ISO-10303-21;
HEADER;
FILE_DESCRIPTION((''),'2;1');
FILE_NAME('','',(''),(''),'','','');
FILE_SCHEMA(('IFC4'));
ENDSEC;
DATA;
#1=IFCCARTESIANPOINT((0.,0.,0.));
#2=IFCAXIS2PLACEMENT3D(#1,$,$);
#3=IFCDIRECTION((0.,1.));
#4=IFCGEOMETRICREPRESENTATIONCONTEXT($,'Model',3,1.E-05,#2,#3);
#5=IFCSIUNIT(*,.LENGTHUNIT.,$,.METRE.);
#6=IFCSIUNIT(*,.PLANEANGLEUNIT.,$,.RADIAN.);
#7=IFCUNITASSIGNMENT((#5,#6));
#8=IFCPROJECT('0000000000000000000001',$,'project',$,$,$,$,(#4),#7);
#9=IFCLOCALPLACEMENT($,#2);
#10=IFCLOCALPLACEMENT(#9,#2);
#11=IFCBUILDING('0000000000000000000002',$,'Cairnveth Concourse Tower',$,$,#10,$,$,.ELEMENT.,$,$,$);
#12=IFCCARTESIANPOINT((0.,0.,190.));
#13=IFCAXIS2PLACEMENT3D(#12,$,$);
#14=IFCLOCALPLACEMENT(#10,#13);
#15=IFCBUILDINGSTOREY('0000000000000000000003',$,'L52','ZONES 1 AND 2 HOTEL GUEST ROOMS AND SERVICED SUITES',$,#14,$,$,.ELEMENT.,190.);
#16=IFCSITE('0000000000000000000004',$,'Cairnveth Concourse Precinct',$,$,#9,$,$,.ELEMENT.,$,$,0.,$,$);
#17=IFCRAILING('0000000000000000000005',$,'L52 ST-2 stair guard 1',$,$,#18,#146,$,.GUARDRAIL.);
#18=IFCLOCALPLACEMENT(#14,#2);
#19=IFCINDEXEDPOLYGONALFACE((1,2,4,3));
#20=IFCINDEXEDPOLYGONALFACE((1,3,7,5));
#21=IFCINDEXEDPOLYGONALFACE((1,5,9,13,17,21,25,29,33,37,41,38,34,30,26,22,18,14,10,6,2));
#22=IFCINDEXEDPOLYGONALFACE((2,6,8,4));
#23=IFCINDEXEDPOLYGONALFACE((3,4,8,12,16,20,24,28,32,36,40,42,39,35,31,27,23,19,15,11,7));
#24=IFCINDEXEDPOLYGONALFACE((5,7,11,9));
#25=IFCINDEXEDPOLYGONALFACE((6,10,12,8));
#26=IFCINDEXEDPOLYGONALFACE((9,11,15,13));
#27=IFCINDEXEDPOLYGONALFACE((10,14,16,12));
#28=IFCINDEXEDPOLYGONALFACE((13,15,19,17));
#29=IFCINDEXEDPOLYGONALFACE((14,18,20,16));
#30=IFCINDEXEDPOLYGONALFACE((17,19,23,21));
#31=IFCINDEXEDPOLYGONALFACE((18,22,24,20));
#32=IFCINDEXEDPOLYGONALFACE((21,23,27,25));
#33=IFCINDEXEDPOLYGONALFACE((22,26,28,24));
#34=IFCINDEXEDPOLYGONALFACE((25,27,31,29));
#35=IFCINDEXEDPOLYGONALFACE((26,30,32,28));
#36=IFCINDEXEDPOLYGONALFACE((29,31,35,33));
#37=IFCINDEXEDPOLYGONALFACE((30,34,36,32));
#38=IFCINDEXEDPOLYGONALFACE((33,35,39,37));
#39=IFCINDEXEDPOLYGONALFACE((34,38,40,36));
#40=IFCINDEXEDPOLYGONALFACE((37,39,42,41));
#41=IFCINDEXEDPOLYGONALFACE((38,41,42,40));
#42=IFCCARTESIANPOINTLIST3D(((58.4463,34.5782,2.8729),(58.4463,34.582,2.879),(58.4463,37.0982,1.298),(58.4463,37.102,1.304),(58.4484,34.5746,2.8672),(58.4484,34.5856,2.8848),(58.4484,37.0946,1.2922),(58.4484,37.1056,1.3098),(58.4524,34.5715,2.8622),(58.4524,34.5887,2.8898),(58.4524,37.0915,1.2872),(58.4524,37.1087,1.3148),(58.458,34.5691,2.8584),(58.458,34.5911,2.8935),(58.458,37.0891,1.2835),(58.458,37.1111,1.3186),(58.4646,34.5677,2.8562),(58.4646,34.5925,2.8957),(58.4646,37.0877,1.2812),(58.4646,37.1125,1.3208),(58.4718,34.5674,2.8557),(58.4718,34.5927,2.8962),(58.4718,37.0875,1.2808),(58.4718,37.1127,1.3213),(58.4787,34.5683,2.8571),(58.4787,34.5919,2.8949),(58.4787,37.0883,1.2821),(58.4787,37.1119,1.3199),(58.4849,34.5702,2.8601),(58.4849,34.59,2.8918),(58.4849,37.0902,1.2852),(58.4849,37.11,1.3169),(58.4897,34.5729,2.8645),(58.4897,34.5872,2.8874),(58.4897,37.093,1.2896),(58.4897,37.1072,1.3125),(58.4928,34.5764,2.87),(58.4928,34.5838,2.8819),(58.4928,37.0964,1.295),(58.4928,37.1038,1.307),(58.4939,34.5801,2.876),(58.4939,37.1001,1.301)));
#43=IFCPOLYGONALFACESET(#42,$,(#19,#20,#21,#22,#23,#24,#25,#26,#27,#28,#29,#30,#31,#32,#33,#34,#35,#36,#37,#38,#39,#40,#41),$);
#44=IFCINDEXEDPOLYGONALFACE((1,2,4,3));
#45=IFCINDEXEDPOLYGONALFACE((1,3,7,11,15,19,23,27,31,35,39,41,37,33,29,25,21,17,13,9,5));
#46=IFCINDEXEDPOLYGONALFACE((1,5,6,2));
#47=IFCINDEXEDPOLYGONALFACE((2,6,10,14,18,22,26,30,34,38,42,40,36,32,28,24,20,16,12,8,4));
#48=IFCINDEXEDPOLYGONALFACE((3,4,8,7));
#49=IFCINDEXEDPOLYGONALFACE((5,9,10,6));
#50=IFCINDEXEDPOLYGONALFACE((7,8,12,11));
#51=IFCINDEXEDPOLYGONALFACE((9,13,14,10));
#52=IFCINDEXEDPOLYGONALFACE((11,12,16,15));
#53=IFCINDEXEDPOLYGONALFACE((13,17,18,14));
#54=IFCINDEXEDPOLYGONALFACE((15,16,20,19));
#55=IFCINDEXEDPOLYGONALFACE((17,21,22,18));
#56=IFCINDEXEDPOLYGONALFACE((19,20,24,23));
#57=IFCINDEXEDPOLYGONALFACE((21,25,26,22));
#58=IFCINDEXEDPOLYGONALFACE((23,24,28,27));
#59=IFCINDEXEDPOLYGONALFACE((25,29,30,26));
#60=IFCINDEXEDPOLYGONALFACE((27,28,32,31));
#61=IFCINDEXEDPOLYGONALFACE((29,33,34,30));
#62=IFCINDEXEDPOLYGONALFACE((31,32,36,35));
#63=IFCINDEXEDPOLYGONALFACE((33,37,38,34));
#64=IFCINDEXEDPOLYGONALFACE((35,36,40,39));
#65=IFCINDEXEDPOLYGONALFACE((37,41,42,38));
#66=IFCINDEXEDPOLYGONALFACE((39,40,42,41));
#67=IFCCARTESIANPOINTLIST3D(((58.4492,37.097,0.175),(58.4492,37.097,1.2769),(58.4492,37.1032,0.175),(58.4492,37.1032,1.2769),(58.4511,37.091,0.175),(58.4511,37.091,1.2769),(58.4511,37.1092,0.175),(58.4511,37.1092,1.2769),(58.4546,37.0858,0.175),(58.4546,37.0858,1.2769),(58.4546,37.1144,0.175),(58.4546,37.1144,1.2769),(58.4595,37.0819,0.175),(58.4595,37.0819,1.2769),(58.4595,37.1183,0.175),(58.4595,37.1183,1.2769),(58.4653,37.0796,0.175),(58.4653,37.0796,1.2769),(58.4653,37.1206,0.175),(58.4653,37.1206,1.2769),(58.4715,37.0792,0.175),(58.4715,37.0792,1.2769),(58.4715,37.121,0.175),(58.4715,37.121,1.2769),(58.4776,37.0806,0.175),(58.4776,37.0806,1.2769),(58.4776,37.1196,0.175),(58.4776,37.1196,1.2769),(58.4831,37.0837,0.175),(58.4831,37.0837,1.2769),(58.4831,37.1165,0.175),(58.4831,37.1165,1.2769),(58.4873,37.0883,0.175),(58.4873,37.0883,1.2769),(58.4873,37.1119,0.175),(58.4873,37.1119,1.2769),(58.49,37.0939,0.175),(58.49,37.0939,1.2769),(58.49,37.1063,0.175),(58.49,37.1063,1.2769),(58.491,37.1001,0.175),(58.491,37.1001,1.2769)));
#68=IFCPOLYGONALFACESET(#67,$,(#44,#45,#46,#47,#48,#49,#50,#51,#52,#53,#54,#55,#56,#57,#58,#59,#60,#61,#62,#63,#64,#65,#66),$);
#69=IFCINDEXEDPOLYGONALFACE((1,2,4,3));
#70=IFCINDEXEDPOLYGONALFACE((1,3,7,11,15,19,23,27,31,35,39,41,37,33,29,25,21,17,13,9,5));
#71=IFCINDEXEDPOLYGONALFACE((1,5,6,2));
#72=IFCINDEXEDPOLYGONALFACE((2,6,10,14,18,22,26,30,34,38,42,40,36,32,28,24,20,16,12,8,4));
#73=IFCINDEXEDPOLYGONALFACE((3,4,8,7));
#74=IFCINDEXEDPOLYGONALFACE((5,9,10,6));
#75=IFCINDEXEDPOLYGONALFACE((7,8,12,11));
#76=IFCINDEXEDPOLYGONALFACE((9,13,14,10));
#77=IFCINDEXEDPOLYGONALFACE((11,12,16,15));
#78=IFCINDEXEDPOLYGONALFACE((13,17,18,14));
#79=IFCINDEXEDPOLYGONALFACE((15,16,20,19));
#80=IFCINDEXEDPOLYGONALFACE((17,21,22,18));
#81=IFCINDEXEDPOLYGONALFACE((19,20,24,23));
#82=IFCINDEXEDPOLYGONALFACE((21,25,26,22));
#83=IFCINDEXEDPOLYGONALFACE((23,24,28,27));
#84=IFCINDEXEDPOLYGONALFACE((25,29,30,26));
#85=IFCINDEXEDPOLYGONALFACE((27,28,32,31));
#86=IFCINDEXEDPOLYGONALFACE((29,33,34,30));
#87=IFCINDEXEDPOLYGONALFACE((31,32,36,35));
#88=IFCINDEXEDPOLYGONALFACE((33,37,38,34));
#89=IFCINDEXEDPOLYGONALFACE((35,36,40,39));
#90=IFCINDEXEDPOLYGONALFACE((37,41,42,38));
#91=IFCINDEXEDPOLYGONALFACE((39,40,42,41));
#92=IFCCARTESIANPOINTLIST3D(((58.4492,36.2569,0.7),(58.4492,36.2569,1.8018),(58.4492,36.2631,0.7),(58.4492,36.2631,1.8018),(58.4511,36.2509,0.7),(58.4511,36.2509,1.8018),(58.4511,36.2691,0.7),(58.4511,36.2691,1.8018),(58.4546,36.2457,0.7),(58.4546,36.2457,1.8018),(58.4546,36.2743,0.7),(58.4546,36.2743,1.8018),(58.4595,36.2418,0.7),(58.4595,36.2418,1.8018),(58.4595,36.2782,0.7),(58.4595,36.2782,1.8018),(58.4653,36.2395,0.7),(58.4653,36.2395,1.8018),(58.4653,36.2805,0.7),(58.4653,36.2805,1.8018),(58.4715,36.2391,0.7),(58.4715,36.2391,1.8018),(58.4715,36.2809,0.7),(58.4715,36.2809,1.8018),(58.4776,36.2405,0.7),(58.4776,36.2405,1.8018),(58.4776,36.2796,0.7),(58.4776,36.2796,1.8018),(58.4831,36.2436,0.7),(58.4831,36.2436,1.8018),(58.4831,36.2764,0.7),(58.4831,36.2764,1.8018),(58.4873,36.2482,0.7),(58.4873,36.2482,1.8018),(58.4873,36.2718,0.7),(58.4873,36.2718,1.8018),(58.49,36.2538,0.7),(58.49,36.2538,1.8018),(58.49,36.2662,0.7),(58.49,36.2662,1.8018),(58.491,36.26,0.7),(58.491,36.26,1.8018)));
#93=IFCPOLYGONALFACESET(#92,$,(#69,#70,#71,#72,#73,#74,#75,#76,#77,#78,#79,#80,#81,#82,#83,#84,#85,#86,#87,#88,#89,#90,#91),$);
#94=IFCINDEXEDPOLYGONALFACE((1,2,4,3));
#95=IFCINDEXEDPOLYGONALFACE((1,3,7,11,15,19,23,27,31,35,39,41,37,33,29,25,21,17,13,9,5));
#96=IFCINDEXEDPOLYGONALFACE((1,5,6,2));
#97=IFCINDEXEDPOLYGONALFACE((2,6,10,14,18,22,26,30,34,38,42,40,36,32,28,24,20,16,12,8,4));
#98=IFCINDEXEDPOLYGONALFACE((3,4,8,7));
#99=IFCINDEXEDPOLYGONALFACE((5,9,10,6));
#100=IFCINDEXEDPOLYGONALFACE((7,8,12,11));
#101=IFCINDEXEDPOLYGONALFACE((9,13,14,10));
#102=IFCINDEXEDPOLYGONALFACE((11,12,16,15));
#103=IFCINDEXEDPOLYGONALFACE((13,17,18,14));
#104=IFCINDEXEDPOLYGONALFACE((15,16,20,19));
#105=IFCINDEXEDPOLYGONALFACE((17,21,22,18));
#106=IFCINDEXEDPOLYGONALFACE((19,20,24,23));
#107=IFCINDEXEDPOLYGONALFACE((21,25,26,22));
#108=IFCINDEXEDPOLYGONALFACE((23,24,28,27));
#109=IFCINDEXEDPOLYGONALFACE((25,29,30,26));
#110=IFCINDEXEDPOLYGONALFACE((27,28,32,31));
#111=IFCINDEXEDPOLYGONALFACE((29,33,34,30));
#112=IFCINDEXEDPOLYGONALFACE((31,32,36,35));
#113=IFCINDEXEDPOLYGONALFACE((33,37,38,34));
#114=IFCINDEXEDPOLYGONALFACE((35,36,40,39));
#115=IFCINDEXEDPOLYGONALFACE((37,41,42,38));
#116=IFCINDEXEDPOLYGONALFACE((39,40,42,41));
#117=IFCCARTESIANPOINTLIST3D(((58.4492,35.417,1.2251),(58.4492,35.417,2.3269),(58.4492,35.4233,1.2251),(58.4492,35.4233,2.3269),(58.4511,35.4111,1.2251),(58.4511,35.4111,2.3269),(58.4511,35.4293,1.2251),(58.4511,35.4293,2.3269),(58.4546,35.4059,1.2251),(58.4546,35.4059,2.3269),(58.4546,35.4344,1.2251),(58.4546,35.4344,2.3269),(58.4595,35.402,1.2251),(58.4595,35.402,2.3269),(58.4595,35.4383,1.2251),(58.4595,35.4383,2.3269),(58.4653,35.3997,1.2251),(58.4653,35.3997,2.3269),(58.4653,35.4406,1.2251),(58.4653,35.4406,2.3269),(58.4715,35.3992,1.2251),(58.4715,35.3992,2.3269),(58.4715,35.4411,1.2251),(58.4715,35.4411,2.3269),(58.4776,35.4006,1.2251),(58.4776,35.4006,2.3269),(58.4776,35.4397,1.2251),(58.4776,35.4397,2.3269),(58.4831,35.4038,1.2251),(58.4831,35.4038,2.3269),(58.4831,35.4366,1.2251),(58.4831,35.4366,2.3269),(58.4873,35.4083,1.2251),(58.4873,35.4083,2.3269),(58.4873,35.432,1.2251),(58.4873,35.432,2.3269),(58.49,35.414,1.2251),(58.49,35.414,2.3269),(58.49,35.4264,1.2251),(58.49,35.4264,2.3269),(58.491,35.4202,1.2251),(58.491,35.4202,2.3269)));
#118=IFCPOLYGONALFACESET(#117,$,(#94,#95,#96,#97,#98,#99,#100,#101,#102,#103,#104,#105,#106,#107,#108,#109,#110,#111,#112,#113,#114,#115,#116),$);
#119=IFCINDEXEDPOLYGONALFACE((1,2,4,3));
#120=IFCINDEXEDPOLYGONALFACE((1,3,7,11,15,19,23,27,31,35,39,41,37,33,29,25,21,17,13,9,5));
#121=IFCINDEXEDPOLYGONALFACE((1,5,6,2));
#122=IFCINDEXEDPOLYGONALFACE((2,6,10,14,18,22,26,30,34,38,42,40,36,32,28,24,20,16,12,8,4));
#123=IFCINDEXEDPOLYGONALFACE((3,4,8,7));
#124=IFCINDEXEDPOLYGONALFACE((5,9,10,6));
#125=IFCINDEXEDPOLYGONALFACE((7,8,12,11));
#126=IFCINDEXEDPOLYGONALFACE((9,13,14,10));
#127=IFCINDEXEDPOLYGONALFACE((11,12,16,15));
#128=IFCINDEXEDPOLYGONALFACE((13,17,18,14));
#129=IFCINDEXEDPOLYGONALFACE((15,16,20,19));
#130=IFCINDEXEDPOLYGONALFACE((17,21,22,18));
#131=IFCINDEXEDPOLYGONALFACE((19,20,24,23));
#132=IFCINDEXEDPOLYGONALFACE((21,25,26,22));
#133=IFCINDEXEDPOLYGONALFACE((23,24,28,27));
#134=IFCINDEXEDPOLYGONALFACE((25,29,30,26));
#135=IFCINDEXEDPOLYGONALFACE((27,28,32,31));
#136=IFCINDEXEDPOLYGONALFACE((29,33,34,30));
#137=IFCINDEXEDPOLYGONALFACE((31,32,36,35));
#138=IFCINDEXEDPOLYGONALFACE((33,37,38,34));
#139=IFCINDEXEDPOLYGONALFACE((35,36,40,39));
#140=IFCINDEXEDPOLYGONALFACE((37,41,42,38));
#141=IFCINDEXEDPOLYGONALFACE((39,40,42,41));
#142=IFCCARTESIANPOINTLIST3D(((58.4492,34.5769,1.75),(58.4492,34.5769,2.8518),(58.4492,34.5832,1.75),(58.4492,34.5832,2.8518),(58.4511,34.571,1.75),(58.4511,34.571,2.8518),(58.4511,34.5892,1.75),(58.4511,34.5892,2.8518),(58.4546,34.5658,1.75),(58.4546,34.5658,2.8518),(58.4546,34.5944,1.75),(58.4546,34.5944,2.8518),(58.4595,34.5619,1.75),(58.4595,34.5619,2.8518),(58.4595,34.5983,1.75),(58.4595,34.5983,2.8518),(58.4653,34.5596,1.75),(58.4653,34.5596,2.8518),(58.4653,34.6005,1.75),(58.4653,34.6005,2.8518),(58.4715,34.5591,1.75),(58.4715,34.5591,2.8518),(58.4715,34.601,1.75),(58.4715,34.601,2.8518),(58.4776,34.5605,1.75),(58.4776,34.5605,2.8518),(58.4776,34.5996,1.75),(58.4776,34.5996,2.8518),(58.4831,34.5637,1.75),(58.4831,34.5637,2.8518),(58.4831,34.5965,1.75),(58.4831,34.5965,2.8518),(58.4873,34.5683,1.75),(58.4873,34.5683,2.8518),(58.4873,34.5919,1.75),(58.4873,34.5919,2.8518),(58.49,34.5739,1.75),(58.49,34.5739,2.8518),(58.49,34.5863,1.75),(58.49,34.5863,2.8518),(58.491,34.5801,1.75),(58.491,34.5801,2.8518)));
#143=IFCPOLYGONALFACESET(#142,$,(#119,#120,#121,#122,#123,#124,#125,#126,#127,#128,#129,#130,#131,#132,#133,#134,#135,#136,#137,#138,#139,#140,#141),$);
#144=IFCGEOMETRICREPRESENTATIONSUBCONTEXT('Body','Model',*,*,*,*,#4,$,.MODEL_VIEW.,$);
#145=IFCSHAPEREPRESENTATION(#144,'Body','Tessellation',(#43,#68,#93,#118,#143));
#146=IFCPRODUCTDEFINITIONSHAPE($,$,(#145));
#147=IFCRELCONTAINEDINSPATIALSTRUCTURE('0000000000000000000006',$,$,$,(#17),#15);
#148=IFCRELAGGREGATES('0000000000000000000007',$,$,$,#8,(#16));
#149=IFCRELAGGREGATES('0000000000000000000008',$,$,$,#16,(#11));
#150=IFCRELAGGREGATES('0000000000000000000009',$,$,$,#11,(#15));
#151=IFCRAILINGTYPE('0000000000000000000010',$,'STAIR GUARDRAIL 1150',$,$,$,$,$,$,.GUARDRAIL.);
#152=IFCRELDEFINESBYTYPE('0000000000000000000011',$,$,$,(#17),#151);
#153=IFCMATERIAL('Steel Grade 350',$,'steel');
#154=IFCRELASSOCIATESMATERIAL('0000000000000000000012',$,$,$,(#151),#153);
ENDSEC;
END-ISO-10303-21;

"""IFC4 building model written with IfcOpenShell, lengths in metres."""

from ifc_helpers import new_model, si_unit, direction, frame, origin, origin_2d, place, context, subcontext, project, spatial, circle, extrude, material, type_object, element, save


model = new_model("IFC4")

# Units and contexts
model_context = context("Model", 3, precision=1e-05, world=origin(), true_north=direction((0.0, 1.0)))
body_context = subcontext(model_context, "Body", "Model", "MODEL_VIEW")
ifc_project = project(units=[si_unit("LENGTHUNIT", "METRE"), si_unit("PLANEANGLEUNIT", "RADIAN")], contexts=[model_context])

# Site, building, storey
site_placement = place(None, origin())
site = spatial("IfcSite", under=ifc_project, at=site_placement, Name="Cairnveth Concourse Precinct", CompositionType="ELEMENT", RefElevation=0.0)
building_placement = place(site_placement, origin())
building = spatial("IfcBuilding", under=site, at=building_placement, Name="Cairnveth Concourse Tower", CompositionType="ELEMENT")
storey_placement = place(building_placement, frame((0.0, 0.0, 190.0)))
storey = spatial("IfcBuildingStorey", under=building, at=storey_placement, Name="L52", Description="ZONES 1 AND 2 HOTEL GUEST ROOMS AND SERVICED SUITES", CompositionType="ELEMENT", Elevation=190.0)

# Shared definitions
ifc_material_1 = material(Name="Steel Grade 350", Category="steel")

# Railing
railing_type = type_object("IfcRailingType", Name="STAIR GUARDRAIL 1150", PredefinedType="GUARDRAIL", material=ifc_material_1)
railing_placement = place(storey_placement, frame((58.47, 37.1001, 0.175)))
element("IfcRailing", 1, at=railing_placement, inside=storey, type_object=railing_type, Name="L52 ST-2 stair guard 1", PredefinedType="GUARDRAIL", context=body_context, shape_type="SweptSolid", body=[
    extrude(circle(Radius=0.0239, at=origin_2d()), frame((0.0, 0.0, 1.126), z_axis=(0.0, -0.848008, 0.529984), x_axis=(1.0, 0.0, 0.0)), (0.0, 0.0, 1.0), 2.9717),
    extrude(circle(Radius=0.021, at=origin_2d()), origin(), (0.0, 0.0, 1.0), 1.1018),
    extrude(circle(Radius=0.021, at=origin_2d()), frame((0.0, -0.8401, 0.5249)), (0.0, 0.0, 1.0), 1.1018),
    extrude(circle(Radius=0.021, at=origin_2d()), frame((0.0, -1.6799, 1.05)), (0.0, 0.0, 1.0), 1.1018),
    extrude(circle(Radius=0.021, at=origin_2d()), frame((0.0, -2.52, 1.575)), (0.0, 0.0, 1.0), 1.1018),
])

save(model, "model.ifc")
